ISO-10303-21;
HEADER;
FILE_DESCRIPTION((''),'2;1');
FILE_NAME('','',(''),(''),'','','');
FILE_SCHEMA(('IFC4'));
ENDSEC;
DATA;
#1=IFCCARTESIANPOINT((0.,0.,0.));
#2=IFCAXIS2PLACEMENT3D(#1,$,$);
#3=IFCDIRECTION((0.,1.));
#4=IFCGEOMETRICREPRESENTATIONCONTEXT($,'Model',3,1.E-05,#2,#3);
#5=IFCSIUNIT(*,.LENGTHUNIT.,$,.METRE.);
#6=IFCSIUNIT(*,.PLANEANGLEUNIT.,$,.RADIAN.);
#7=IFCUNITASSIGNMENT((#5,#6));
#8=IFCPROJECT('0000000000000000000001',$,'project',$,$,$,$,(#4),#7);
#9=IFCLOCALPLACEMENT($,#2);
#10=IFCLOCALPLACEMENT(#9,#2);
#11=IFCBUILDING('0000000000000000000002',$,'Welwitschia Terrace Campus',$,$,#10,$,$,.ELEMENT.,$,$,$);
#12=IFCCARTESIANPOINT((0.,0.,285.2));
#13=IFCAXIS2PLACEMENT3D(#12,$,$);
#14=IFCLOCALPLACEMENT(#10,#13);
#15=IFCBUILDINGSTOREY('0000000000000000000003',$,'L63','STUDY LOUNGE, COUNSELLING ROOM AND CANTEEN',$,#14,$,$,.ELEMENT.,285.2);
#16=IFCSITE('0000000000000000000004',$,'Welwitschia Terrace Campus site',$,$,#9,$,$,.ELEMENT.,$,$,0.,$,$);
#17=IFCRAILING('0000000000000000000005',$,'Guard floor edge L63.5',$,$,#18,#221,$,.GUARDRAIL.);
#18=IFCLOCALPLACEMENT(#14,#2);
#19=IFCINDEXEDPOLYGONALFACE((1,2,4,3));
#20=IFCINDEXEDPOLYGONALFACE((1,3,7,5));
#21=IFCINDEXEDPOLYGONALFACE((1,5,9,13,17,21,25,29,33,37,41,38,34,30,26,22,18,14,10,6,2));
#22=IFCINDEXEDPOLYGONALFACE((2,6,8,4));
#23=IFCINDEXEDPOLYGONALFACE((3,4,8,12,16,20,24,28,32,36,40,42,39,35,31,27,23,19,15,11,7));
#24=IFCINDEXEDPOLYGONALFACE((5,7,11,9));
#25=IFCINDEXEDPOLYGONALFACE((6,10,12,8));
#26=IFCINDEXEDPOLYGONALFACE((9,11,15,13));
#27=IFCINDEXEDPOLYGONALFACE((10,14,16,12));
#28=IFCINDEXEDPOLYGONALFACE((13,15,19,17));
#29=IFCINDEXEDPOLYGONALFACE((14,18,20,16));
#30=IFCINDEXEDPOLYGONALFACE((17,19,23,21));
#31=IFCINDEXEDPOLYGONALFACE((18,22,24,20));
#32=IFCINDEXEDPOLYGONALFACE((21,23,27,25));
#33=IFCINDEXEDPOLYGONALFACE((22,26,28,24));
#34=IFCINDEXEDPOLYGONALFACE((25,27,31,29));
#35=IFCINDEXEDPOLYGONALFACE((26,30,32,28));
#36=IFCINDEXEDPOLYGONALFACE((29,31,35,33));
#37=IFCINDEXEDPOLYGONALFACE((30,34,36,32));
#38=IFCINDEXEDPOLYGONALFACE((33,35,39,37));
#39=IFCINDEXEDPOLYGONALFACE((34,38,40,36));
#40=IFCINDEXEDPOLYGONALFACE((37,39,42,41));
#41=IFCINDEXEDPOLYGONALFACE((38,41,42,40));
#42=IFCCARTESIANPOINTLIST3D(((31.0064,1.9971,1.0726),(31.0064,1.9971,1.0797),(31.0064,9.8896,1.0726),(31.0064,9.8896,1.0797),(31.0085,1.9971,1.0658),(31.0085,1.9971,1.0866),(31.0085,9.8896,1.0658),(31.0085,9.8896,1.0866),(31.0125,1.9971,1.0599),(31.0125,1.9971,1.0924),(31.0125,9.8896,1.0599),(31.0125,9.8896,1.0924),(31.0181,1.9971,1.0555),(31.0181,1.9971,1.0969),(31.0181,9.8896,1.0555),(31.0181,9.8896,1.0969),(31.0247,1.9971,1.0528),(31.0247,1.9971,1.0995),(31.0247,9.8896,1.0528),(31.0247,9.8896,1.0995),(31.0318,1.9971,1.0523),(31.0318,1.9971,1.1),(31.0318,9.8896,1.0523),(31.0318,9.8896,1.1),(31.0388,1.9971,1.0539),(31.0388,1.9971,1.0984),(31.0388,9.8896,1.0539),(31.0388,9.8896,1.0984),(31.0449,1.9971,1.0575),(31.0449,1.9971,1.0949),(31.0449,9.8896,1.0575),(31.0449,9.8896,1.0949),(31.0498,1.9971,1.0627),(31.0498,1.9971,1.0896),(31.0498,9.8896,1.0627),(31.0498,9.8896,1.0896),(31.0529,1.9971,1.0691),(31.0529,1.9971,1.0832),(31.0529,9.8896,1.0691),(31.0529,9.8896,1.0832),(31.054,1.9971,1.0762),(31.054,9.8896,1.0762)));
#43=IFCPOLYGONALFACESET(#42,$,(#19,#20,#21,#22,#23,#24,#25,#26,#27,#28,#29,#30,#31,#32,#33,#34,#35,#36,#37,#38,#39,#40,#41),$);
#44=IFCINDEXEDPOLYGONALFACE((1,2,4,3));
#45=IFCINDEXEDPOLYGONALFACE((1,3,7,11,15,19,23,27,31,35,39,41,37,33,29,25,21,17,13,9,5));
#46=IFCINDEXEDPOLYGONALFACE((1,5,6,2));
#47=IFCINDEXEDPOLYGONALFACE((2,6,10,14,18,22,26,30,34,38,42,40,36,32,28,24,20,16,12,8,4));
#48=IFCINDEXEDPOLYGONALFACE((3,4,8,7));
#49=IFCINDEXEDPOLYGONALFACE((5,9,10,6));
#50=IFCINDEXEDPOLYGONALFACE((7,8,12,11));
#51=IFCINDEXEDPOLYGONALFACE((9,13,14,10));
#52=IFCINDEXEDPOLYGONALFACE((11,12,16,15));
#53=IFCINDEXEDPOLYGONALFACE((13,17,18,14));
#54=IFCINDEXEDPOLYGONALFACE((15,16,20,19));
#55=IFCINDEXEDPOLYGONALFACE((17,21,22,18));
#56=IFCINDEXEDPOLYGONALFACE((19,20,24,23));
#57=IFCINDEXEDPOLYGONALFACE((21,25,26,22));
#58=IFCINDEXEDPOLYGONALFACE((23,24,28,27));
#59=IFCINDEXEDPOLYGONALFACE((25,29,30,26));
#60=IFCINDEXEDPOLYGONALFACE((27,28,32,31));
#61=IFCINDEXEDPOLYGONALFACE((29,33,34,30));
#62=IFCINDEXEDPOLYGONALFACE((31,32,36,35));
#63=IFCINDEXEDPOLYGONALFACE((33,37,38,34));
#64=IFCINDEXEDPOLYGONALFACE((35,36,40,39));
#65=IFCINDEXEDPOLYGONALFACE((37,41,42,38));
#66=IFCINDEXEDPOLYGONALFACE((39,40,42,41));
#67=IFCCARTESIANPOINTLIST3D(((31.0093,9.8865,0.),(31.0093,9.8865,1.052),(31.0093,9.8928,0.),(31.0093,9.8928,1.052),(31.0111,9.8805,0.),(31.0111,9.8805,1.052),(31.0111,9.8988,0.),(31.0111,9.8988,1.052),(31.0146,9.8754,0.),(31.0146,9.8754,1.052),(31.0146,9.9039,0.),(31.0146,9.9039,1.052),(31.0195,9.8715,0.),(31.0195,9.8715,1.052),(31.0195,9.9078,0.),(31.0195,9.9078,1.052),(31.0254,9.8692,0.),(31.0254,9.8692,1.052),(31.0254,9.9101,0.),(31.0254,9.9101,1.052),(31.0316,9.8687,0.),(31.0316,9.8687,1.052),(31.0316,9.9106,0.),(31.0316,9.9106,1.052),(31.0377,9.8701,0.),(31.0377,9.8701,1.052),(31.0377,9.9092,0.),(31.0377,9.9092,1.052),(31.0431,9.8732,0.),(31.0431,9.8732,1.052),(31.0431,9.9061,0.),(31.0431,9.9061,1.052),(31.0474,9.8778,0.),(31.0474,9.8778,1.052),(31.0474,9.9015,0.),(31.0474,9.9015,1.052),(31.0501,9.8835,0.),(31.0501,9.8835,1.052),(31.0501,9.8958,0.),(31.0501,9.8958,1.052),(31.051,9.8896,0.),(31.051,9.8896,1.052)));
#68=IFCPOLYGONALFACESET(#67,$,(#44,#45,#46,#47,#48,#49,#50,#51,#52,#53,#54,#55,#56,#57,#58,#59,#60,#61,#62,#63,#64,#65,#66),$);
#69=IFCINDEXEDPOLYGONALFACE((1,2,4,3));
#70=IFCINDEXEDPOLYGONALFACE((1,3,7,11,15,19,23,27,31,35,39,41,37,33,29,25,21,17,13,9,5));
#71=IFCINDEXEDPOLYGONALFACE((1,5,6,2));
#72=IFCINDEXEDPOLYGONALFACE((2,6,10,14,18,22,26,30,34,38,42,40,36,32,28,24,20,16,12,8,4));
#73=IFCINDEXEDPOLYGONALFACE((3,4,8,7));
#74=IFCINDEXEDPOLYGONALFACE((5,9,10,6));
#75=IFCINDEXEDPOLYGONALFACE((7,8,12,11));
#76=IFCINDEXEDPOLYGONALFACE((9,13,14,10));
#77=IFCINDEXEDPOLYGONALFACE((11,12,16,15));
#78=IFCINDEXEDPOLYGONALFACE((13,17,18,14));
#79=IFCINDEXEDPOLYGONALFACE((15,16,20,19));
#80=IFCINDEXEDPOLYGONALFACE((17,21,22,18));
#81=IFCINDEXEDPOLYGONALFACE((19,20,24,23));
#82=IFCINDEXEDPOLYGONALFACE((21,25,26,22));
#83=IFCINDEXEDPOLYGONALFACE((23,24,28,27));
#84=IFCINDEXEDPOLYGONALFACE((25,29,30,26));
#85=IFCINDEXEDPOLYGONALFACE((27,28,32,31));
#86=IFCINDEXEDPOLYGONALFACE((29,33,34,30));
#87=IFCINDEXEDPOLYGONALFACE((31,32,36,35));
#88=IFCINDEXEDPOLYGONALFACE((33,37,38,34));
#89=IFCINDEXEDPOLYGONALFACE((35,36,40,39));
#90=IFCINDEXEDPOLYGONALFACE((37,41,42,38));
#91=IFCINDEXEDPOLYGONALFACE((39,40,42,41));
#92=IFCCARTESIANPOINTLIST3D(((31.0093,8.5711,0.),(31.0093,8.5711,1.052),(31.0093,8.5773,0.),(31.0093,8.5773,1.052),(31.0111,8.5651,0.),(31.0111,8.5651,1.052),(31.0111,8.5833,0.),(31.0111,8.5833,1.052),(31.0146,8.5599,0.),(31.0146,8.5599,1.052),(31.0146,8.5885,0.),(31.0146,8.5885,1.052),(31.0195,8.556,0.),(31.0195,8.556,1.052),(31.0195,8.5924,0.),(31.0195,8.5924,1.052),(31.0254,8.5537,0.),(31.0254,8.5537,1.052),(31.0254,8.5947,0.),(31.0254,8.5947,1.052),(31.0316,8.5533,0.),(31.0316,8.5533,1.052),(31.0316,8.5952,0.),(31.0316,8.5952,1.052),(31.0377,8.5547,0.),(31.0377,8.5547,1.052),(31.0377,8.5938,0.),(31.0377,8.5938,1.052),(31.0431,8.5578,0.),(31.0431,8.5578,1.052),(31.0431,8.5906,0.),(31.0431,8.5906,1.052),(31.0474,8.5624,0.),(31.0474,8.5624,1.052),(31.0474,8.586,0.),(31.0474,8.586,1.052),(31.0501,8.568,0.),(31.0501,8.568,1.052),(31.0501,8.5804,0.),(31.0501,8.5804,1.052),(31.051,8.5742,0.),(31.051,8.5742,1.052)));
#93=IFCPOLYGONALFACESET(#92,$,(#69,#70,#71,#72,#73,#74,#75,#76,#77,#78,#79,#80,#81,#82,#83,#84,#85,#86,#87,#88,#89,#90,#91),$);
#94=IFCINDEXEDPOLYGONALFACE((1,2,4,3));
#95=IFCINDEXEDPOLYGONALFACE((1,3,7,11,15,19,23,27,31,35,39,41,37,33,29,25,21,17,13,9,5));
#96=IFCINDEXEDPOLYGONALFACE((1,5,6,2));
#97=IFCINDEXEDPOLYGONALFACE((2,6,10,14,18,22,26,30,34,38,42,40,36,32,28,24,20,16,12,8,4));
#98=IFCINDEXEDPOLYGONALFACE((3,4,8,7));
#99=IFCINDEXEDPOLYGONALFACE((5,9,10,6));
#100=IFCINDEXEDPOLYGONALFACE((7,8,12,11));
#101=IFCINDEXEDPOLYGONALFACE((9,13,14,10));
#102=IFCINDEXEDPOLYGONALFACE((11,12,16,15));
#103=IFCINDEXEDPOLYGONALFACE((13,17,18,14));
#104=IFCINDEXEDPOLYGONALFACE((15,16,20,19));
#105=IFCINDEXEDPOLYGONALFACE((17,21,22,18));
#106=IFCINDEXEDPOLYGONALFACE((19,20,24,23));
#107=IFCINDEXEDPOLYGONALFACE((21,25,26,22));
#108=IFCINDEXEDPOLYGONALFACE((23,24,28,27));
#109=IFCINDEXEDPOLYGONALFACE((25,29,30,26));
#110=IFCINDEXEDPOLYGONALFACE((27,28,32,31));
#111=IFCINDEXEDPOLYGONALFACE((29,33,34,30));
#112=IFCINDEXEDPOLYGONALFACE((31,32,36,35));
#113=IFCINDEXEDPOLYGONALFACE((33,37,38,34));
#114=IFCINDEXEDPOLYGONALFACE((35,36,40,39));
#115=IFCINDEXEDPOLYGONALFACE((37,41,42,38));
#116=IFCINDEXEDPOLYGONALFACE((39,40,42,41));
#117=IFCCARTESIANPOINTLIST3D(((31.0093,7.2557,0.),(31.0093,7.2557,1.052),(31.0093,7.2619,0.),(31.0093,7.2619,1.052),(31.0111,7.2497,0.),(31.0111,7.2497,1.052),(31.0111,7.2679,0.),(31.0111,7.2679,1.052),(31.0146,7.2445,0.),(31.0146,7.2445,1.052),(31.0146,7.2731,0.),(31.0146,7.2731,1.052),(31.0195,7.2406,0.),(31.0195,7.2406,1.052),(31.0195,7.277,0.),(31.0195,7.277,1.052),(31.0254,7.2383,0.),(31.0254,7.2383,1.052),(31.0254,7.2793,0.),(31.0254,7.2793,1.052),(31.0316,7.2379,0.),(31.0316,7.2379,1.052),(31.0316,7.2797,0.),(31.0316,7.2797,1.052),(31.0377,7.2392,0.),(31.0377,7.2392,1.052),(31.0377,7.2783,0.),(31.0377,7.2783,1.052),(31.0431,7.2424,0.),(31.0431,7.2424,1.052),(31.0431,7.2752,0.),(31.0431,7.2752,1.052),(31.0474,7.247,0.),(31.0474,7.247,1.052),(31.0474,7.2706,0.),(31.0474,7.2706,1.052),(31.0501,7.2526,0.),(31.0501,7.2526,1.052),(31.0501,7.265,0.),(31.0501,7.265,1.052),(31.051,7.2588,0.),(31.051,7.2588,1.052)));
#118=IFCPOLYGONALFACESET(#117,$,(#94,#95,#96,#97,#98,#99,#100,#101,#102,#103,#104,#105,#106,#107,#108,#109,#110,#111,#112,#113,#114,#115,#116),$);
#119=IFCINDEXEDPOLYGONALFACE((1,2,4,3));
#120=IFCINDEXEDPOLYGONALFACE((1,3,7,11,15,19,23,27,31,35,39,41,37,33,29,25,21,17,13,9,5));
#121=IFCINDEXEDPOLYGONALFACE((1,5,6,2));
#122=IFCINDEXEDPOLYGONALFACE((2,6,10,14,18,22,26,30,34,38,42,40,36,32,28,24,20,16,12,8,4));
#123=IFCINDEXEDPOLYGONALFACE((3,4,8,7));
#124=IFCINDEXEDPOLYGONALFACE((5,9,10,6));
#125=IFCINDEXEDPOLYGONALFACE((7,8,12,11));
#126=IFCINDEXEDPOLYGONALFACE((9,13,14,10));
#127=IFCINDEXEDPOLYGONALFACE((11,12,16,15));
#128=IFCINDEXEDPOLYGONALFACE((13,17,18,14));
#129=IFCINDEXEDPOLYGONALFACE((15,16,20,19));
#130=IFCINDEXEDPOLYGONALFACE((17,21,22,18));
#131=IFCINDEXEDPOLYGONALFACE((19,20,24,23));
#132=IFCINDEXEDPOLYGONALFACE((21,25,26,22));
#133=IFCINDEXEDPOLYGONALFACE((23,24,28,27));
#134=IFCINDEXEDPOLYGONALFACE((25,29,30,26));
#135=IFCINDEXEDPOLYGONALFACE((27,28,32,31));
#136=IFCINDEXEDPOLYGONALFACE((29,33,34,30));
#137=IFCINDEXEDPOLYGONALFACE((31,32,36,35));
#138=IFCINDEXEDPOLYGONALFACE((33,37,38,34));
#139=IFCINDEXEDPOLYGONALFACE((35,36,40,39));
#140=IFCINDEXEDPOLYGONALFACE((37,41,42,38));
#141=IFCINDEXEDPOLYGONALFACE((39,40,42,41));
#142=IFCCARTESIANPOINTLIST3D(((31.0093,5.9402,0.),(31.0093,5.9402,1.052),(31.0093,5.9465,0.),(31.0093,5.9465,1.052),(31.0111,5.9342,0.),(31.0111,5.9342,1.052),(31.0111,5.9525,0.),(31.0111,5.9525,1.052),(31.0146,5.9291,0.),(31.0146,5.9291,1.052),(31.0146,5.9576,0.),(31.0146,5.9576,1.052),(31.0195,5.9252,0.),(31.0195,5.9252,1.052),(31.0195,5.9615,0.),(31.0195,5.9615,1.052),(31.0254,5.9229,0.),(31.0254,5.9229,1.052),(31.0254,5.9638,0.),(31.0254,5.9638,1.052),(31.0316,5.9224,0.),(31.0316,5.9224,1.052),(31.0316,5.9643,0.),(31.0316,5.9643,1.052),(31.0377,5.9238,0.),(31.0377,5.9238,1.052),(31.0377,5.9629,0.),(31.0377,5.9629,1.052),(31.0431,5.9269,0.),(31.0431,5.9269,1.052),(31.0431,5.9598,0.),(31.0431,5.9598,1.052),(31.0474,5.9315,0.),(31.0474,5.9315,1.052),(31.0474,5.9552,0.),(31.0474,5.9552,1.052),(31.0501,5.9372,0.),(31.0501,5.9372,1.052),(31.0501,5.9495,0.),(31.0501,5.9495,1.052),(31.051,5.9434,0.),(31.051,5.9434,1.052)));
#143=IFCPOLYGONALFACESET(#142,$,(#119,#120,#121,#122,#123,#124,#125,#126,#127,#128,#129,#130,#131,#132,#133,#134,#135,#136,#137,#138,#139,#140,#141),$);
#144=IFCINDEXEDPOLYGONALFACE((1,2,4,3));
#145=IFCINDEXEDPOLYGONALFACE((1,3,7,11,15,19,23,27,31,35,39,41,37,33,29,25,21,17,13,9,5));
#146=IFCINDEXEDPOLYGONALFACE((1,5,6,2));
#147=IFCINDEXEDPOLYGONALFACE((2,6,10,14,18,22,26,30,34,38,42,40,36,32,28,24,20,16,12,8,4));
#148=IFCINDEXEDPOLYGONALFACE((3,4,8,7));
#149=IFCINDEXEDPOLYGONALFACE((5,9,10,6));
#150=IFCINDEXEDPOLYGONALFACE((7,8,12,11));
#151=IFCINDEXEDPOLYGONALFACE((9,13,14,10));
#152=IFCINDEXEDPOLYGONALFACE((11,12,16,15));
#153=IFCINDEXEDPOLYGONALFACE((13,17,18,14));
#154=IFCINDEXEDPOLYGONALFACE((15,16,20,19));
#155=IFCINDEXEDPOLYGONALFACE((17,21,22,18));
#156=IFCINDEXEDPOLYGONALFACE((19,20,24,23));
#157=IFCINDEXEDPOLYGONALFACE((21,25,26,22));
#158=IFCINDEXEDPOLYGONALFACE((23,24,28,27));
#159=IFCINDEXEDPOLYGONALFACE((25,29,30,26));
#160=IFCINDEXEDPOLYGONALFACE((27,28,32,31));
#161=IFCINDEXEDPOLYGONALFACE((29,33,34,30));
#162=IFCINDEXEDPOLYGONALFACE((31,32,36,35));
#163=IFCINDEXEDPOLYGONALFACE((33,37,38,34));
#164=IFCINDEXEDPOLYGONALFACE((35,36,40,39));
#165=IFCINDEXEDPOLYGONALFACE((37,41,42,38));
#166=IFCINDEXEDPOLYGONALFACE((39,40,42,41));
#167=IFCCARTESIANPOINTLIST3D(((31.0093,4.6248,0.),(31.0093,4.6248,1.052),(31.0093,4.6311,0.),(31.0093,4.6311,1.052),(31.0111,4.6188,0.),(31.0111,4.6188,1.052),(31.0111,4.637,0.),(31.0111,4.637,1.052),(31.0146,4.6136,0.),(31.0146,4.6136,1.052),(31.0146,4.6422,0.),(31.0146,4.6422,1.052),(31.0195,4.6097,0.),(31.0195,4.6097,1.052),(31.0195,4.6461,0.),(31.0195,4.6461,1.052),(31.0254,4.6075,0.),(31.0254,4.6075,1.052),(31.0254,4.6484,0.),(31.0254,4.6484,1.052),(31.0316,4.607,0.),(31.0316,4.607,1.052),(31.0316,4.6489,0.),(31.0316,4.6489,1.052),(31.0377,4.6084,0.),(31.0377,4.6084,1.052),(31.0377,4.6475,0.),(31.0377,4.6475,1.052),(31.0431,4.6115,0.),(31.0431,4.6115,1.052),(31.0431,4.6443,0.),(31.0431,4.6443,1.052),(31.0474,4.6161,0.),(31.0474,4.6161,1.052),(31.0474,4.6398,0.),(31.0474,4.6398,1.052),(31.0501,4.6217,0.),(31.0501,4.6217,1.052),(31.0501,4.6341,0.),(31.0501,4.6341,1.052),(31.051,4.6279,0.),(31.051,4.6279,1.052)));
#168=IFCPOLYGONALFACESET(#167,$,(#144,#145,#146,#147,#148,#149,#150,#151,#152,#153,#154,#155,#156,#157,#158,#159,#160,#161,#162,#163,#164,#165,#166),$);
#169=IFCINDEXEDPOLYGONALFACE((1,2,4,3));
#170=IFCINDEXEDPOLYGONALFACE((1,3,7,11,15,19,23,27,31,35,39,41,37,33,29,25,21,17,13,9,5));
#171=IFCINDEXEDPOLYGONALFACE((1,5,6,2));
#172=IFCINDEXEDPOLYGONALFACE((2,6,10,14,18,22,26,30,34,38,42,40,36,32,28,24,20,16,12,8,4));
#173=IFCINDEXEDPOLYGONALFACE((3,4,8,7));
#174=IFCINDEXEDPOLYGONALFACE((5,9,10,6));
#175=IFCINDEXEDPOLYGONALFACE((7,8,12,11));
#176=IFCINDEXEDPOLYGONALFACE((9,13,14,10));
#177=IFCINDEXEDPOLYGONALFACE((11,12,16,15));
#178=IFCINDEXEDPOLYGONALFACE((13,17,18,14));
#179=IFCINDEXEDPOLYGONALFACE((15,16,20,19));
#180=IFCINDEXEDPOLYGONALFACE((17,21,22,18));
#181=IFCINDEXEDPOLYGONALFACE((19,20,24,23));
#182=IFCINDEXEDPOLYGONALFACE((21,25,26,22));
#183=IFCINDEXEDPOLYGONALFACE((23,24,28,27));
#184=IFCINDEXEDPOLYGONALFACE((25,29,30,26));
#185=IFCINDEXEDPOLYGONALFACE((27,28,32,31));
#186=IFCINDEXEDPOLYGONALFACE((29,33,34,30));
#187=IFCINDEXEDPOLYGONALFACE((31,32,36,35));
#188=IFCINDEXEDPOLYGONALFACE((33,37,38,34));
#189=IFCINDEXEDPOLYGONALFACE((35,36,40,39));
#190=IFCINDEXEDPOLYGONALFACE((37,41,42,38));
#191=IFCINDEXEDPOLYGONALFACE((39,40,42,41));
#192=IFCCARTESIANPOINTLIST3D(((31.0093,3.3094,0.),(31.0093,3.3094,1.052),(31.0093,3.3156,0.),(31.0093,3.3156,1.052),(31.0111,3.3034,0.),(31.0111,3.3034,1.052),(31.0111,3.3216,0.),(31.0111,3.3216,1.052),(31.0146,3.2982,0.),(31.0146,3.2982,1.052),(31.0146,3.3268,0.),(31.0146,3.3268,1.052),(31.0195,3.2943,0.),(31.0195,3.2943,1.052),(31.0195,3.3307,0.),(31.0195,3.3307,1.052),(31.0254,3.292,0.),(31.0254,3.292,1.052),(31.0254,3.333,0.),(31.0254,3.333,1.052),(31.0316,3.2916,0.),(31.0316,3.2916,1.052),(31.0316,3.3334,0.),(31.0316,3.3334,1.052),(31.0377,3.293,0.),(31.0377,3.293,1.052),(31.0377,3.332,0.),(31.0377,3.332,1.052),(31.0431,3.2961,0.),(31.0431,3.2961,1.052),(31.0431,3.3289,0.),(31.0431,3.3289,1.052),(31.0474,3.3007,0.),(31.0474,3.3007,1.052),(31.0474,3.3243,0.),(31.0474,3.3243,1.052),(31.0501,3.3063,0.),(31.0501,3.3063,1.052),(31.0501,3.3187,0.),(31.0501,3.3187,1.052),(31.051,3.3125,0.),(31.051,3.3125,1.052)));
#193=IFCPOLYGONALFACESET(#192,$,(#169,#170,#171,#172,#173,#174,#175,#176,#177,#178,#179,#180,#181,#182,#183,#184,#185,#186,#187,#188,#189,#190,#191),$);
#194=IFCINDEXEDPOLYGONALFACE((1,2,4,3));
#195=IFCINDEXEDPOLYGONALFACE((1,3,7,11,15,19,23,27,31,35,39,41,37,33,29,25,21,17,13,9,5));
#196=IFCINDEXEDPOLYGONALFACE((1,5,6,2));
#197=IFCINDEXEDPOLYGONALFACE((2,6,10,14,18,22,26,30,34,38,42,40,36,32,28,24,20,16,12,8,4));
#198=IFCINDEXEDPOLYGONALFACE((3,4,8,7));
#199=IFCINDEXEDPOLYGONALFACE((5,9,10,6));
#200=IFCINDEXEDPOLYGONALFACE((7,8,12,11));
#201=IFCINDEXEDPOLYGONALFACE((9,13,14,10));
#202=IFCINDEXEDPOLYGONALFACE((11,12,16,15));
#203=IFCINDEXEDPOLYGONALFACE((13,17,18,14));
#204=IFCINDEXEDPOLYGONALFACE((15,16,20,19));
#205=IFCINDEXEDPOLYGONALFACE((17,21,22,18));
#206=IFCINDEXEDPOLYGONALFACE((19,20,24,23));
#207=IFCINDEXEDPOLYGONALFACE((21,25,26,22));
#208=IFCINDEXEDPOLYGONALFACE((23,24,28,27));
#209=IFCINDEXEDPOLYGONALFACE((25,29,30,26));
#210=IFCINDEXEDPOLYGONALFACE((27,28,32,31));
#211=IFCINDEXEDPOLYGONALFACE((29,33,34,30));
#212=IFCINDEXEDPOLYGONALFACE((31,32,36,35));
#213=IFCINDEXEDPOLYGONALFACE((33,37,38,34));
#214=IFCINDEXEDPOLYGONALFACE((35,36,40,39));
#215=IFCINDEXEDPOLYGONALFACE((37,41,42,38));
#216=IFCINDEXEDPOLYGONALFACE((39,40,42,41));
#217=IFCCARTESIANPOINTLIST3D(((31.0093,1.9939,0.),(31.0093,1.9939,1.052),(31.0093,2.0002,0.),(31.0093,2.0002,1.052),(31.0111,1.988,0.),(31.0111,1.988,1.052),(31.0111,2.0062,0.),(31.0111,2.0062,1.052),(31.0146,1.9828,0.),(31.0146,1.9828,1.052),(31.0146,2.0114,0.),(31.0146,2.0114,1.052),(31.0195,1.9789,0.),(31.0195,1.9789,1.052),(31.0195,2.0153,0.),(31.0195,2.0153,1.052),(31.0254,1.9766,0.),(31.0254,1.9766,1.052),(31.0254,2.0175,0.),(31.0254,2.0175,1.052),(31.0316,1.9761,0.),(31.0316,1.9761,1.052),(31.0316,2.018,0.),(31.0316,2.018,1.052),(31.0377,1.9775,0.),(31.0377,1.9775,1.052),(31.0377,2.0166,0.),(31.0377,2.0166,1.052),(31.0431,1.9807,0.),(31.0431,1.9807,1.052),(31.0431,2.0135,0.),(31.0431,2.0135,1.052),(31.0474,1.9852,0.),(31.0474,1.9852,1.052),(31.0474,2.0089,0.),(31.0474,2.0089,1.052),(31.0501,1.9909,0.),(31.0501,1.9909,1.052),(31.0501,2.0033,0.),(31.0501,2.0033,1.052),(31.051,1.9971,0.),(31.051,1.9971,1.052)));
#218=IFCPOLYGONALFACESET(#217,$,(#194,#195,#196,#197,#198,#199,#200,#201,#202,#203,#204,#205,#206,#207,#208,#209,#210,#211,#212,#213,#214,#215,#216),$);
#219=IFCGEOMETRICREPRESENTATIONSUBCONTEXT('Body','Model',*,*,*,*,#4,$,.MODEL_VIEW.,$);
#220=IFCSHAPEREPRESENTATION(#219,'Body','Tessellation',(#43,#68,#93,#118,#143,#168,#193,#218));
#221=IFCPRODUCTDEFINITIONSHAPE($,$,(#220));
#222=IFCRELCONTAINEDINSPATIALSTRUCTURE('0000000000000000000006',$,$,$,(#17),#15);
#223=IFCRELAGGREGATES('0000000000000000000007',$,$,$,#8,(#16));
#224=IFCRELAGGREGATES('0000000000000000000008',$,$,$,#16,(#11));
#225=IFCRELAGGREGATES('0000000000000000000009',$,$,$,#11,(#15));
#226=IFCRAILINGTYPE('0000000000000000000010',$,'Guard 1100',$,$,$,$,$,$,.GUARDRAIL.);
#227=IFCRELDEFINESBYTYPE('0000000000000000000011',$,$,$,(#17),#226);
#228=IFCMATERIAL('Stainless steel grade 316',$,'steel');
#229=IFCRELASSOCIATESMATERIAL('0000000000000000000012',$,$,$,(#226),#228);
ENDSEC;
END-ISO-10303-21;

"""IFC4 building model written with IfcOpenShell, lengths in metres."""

from ifc_helpers import new_model, si_unit, direction, frame, origin, origin_2d, place, context, subcontext, project, spatial, circle, extrude, material, type_object, element, save


model = new_model("IFC4")

# Units and contexts
model_context = context("Model", 3, precision=1e-05, world=origin(), true_north=direction((0.0, 1.0)))
body_context = subcontext(model_context, "Body", "Model", "MODEL_VIEW")
ifc_project = project(units=[si_unit("LENGTHUNIT", "METRE"), si_unit("PLANEANGLEUNIT", "RADIAN")], contexts=[model_context])

# Site, building, storey
site_placement = place(None, origin())
site = spatial("IfcSite", under=ifc_project, at=site_placement, Name="Welwitschia Terrace Campus site", CompositionType="ELEMENT", RefElevation=0.0)
building_placement = place(site_placement, origin())
building = spatial("IfcBuilding", under=site, at=building_placement, Name="Welwitschia Terrace Campus", CompositionType="ELEMENT")
storey_placement = place(building_placement, frame((0.0, 0.0, 285.2)))
storey = spatial("IfcBuildingStorey", under=building, at=storey_placement, Name="L63", Description="STUDY LOUNGE, COUNSELLING ROOM AND CANTEEN", CompositionType="ELEMENT", Elevation=285.2)

# Railing
ifc_material_1 = material(Name="Stainless steel grade 316", Category="steel")
railing_type = type_object("IfcRailingType", Name="Guard 1100", PredefinedType="GUARDRAIL", material=ifc_material_1)
railing_1_placement = place(storey_placement, frame((31.03, 9.8896, 0.0)))
element("IfcRailing", 1, at=railing_1_placement, inside=storey, type_object=railing_type, Name="Guard floor edge L63.5", PredefinedType="GUARDRAIL", context=body_context, shape_type="SweptSolid", body=[
    extrude(circle(Radius=0.0239, at=origin_2d()), frame((0.0, 0.0, 1.0762), z_axis=(0.0, -1.0, 0.0), x_axis=(1.0, 0.0, 0.0)), (0.0, 0.0, 1.0), 7.8926),
    extrude(circle(Radius=0.021, at=origin_2d()), origin(), (0.0, 0.0, 1.0), 1.052),
    extrude(circle(Radius=0.021, at=origin_2d()), frame((0.0, -1.3154, 0.0)), (0.0, 0.0, 1.0), 1.052),
    extrude(circle(Radius=0.021, at=origin_2d()), frame((0.0, -2.6309, 0.0)), (0.0, 0.0, 1.0), 1.052),
    extrude(circle(Radius=0.021, at=origin_2d()), frame((0.0, -3.9463, 0.0)), (0.0, 0.0, 1.0), 1.052),
    extrude(circle(Radius=0.021, at=origin_2d()), frame((0.0, -5.2617, 0.0)), (0.0, 0.0, 1.0), 1.052),
    extrude(circle(Radius=0.021, at=origin_2d()), frame((0.0, -6.5771, 0.0)), (0.0, 0.0, 1.0), 1.052),
    extrude(circle(Radius=0.021, at=origin_2d()), frame((0.0, -7.8926, 0.0)), (0.0, 0.0, 1.0), 1.052),
])

save(model, "model.ifc")
